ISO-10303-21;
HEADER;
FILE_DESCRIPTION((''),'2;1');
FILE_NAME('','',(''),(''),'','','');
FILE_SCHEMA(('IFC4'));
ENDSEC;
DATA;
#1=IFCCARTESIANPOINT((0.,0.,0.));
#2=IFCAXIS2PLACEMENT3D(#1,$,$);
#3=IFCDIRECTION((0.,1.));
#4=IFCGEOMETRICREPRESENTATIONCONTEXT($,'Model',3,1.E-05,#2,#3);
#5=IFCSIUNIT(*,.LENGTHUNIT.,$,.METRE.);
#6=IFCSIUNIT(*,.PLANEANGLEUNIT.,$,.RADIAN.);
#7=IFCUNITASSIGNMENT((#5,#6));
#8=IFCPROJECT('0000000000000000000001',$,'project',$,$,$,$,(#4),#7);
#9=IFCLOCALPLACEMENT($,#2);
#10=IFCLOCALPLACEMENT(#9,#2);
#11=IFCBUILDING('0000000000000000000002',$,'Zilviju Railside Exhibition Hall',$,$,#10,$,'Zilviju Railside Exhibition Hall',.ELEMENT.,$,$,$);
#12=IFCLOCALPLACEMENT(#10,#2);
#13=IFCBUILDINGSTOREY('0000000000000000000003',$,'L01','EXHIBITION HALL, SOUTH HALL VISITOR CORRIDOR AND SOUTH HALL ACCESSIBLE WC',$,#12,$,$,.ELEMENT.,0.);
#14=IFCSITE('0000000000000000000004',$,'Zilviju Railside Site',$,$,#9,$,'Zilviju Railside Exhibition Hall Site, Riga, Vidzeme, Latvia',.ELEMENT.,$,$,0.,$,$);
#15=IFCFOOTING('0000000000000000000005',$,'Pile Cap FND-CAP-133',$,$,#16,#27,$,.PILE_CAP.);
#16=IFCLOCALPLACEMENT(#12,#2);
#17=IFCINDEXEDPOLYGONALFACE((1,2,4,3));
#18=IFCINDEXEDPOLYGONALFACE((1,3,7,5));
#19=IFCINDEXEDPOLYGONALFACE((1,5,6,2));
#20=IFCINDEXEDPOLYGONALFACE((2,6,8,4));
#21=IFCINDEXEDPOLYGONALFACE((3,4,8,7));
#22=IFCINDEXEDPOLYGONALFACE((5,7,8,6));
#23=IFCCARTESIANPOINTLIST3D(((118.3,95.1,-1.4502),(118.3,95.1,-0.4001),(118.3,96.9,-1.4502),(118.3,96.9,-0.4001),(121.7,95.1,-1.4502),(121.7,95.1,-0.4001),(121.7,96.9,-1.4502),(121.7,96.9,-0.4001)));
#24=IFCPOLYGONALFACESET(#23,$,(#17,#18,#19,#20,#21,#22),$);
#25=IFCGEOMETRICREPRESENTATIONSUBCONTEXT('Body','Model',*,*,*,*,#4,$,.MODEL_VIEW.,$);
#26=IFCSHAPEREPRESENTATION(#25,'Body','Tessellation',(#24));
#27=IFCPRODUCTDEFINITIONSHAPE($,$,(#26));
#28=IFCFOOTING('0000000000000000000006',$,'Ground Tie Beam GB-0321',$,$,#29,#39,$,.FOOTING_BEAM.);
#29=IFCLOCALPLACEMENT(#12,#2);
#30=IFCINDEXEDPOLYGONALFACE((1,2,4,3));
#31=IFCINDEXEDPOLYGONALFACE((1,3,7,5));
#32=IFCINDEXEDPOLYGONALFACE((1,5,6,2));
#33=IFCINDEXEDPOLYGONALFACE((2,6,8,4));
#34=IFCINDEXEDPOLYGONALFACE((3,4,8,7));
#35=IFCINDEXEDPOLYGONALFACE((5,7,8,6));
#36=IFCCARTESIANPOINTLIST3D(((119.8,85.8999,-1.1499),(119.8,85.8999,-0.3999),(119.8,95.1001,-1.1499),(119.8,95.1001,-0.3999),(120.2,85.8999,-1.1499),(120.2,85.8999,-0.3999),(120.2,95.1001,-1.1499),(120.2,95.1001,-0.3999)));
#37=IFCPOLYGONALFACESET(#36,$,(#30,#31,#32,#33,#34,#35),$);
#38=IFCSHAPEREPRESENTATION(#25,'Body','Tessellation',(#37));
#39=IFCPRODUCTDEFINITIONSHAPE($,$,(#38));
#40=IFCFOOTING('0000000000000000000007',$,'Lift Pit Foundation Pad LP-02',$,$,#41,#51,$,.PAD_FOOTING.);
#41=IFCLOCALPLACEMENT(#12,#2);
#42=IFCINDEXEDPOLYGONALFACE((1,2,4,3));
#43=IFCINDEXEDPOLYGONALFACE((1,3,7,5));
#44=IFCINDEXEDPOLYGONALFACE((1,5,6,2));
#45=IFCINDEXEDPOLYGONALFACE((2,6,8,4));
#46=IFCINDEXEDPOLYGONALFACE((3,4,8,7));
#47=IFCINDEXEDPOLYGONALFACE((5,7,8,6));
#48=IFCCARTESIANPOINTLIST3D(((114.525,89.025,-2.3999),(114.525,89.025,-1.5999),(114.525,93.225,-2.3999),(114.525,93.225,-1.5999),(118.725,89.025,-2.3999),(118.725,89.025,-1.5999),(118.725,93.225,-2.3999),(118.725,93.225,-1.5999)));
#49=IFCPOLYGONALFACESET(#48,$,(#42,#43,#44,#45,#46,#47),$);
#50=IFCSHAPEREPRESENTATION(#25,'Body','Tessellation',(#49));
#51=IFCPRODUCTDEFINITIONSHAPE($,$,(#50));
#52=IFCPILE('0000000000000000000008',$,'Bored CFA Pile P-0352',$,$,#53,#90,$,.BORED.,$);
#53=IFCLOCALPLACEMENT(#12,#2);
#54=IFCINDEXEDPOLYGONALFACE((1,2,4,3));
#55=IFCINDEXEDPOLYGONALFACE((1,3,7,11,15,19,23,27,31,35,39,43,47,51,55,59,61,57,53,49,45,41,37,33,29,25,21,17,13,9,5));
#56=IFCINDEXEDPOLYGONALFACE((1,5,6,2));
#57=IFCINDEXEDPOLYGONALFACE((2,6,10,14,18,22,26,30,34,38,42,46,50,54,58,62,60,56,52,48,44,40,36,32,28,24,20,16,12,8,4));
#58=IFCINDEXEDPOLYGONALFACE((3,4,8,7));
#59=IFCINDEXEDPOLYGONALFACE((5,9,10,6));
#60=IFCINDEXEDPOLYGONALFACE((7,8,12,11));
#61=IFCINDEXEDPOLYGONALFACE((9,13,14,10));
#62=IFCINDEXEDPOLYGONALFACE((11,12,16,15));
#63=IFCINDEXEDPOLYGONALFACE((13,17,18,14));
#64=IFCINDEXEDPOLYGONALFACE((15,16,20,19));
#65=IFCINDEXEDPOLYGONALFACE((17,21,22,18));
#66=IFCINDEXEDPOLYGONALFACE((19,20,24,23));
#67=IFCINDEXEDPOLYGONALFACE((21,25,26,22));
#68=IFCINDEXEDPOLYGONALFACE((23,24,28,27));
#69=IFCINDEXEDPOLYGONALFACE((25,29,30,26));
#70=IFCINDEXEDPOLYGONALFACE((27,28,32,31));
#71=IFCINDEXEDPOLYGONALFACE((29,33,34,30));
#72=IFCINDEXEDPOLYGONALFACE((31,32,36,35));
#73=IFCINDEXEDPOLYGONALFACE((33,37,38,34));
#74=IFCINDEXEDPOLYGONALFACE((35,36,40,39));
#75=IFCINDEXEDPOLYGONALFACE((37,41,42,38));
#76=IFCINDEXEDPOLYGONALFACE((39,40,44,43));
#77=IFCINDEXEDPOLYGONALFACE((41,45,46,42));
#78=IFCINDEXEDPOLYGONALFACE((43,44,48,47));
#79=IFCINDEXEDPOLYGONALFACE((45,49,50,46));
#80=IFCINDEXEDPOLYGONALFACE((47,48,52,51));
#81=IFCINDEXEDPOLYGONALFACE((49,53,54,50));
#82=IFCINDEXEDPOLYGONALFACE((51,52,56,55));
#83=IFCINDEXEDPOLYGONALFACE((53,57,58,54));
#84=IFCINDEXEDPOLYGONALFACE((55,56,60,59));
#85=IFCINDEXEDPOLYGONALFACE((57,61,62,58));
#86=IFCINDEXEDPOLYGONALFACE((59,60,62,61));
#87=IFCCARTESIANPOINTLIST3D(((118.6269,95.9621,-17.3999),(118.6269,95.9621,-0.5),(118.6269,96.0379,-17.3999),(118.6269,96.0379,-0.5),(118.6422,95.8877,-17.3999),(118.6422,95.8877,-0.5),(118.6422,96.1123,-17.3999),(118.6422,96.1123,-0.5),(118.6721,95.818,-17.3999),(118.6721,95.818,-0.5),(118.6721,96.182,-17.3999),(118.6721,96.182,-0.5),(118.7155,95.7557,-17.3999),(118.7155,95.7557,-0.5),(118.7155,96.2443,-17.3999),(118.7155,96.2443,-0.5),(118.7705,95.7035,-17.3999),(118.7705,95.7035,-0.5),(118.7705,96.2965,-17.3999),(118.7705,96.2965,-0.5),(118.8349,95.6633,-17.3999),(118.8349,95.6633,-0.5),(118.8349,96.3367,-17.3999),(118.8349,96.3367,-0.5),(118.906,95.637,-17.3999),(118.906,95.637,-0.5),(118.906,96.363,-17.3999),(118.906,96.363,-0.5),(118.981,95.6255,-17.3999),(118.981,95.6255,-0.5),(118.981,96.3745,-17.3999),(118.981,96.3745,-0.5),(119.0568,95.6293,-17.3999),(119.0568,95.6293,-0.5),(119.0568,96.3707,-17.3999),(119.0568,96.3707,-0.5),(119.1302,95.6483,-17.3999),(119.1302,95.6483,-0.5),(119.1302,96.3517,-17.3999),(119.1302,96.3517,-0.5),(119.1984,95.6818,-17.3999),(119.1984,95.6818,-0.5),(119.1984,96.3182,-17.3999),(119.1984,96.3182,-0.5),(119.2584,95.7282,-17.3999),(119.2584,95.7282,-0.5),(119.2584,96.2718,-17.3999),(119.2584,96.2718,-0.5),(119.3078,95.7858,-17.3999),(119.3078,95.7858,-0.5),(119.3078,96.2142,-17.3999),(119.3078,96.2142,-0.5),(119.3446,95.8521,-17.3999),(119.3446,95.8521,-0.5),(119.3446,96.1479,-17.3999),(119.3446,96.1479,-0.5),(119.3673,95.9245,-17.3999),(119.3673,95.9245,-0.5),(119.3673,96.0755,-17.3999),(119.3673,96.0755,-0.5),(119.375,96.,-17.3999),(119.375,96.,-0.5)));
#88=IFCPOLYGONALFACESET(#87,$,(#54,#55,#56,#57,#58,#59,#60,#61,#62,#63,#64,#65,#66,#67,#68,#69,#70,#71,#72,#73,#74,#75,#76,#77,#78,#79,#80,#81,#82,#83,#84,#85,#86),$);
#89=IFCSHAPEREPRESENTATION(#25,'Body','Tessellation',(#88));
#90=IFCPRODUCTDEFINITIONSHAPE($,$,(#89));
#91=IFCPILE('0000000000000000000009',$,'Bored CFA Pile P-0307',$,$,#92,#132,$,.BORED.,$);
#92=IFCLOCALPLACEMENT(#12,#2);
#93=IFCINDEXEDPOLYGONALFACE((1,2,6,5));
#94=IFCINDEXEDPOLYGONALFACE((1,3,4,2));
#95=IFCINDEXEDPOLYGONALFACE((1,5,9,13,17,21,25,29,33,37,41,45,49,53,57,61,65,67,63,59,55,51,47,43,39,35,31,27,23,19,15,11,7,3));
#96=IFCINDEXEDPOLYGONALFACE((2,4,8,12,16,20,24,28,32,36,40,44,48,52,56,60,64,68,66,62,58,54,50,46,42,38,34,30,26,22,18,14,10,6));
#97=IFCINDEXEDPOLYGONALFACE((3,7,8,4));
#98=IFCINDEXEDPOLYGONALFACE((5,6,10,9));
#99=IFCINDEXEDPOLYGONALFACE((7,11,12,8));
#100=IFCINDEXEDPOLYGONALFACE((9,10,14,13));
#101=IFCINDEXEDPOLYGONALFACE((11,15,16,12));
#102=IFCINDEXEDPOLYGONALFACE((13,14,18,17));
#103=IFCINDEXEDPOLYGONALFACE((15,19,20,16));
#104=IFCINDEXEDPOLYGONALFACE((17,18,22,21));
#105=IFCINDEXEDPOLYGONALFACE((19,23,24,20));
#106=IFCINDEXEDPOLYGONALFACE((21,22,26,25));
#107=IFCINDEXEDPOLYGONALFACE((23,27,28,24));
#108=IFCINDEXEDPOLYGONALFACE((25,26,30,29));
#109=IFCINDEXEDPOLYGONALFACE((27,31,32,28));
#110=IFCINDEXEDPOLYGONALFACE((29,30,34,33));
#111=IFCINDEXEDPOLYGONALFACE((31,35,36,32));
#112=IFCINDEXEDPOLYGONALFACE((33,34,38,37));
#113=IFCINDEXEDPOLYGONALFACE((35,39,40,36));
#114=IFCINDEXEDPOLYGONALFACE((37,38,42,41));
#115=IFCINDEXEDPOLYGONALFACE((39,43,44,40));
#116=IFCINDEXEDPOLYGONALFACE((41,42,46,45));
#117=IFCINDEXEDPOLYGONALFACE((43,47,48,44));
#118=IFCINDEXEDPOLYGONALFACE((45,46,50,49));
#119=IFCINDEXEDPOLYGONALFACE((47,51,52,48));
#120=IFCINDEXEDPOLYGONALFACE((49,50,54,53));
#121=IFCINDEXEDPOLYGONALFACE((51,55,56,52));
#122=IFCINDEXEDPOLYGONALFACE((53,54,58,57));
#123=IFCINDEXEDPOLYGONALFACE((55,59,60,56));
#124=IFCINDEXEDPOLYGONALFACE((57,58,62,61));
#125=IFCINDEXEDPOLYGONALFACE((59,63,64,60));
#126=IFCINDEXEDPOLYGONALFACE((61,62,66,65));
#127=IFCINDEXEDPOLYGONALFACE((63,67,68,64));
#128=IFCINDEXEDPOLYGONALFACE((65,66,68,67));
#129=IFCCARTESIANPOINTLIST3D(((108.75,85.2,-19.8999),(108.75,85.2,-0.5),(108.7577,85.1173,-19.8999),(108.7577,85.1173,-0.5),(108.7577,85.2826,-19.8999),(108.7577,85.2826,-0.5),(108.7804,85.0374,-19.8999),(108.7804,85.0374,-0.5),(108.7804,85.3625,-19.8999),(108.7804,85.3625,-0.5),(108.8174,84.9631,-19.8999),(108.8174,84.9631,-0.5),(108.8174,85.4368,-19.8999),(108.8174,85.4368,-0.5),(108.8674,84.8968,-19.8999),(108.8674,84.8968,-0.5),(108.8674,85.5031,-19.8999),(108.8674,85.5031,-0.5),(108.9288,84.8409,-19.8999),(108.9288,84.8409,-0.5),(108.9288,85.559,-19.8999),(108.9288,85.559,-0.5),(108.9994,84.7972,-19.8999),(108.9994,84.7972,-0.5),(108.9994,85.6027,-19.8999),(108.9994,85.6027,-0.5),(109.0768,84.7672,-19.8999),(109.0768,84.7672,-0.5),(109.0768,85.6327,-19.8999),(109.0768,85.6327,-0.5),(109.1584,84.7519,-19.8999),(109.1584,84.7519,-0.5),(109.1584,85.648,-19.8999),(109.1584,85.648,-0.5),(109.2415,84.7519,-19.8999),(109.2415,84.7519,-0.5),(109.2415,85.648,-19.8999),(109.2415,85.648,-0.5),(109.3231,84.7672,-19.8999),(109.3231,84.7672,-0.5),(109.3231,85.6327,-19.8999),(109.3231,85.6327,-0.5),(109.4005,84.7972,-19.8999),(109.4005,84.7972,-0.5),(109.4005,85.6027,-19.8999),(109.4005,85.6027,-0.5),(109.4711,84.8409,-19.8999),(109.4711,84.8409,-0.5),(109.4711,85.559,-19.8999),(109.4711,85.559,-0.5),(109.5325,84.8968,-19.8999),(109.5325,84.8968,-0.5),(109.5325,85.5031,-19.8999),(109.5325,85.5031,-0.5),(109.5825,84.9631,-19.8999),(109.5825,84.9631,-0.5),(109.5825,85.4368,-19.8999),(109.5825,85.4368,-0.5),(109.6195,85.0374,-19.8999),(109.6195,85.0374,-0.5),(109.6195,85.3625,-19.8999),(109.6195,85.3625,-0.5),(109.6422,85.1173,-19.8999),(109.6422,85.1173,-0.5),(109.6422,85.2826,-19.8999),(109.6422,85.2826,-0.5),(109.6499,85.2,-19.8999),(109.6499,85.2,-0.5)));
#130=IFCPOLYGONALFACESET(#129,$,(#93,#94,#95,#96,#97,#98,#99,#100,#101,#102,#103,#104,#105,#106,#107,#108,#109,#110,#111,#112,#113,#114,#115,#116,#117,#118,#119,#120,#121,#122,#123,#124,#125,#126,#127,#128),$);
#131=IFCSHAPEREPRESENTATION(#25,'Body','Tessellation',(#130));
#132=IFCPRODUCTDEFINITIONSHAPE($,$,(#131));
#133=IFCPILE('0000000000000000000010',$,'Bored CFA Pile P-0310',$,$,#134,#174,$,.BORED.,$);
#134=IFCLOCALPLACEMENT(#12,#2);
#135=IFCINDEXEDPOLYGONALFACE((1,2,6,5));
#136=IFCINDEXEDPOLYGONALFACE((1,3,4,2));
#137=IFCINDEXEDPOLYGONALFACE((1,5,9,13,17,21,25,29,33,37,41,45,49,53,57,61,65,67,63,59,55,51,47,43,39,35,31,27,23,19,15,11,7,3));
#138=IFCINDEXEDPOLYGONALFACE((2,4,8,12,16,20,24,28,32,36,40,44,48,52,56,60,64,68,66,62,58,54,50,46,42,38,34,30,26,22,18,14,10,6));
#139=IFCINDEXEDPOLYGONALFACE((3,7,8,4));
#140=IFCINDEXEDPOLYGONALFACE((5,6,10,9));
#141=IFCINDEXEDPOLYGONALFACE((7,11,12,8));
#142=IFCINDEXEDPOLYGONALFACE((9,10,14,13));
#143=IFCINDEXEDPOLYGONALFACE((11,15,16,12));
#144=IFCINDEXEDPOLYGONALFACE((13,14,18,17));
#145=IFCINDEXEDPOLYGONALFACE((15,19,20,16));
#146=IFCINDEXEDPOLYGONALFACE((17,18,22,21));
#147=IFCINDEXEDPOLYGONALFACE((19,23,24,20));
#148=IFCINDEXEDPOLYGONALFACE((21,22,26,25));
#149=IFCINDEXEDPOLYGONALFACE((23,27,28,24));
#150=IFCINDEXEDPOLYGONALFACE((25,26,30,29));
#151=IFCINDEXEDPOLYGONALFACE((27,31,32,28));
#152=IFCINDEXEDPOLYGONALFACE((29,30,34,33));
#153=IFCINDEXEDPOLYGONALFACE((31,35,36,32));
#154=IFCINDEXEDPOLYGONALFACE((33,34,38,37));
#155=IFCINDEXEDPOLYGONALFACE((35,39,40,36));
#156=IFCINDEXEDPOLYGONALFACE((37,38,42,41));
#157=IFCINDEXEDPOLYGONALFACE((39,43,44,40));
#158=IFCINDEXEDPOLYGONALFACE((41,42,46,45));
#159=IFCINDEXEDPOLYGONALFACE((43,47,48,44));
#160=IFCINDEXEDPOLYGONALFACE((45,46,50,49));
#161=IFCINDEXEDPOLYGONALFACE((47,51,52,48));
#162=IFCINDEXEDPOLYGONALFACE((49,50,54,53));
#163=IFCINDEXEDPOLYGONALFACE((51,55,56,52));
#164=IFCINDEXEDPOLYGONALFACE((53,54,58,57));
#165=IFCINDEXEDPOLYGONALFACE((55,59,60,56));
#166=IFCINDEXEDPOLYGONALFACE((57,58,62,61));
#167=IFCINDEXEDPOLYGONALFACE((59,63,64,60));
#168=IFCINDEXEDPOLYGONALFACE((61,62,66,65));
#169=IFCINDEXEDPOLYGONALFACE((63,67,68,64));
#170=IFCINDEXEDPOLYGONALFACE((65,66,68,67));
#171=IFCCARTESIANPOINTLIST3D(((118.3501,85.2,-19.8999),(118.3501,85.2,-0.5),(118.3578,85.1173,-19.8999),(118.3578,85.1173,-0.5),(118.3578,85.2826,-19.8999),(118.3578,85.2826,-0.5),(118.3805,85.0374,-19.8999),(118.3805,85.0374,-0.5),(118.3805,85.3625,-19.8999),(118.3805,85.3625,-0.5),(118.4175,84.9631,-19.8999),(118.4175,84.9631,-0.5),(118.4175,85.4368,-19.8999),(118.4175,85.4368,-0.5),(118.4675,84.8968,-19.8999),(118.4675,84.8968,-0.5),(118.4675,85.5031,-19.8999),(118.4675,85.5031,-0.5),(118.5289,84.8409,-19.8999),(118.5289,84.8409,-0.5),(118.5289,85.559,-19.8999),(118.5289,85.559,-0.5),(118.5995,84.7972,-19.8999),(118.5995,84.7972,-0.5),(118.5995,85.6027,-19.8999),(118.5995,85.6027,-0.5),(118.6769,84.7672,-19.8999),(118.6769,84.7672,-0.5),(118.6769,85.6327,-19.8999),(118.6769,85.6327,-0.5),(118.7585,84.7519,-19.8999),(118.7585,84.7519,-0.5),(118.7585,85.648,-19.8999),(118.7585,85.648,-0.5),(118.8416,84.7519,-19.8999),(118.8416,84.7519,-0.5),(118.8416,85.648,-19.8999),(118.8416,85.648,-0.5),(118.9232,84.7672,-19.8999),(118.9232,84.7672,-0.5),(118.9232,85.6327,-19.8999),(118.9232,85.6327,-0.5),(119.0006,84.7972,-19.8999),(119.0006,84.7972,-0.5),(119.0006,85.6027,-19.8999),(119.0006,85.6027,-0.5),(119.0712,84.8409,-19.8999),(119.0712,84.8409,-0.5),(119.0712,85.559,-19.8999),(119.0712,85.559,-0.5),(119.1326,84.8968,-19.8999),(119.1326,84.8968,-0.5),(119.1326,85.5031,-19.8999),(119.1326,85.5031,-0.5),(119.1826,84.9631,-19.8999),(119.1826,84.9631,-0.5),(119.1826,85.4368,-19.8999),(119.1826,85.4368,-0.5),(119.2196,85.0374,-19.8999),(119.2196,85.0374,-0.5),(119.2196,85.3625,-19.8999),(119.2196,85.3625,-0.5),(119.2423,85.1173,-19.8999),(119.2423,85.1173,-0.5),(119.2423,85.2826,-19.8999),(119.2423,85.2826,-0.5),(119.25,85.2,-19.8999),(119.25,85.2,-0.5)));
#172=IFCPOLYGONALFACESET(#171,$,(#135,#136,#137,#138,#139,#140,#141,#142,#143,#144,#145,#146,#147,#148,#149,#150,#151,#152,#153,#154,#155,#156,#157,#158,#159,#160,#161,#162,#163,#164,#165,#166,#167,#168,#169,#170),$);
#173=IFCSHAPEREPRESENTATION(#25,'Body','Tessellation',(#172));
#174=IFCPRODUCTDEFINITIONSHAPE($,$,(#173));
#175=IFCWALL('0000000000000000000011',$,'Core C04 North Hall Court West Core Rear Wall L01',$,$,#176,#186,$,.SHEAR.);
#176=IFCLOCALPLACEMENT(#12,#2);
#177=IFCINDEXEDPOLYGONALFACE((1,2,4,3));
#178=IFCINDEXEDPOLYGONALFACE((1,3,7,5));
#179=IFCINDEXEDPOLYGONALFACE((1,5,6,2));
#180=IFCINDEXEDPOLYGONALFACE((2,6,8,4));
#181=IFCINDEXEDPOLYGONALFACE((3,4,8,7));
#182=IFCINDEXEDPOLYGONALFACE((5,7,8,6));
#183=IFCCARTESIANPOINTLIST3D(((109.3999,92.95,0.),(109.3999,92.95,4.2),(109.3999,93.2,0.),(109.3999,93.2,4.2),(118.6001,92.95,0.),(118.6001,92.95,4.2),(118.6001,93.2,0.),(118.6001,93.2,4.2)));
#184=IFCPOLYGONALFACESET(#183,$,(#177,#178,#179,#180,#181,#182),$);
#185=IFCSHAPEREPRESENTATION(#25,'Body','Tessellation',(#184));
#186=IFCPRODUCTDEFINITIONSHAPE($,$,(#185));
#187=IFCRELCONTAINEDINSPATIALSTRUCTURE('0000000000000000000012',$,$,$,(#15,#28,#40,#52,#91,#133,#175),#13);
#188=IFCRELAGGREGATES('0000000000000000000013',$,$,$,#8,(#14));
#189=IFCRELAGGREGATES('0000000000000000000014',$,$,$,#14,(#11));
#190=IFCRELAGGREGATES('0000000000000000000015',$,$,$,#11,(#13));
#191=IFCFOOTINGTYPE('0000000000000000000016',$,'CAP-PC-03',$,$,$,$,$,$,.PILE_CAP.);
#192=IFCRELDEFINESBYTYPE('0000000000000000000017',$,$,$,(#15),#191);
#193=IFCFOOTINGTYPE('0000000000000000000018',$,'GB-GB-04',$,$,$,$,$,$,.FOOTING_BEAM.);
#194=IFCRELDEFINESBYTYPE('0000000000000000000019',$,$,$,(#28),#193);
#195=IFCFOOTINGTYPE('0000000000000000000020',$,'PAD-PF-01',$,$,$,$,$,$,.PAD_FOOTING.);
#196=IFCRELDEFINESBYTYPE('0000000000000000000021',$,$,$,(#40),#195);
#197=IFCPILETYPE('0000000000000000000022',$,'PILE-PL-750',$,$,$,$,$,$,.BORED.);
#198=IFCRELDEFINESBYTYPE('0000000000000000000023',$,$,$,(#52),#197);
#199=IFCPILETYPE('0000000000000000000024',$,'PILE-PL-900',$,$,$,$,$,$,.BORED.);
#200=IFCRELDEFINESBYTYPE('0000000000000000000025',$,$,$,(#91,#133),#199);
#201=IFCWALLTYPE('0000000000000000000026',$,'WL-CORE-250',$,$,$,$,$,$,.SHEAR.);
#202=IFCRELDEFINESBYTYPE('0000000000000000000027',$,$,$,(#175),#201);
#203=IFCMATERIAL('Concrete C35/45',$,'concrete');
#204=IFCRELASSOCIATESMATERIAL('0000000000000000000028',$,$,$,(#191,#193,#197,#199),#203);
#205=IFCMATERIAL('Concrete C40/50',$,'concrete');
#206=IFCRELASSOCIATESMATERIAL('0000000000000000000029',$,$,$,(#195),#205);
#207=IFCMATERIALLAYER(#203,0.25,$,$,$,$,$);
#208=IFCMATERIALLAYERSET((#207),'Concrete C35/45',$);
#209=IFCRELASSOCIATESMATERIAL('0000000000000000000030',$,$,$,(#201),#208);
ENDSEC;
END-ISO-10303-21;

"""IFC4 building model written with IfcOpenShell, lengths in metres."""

from ifc_helpers import new_model, si_unit, direction, frame, frame_2d, origin, origin_2d, place, context, subcontext, project, spatial, rectangle, circle, extrude, material, layer, layer_set, material_profile, profile_set, type_object, element, save


model = new_model("IFC4")

# Units and contexts
model_context = context("Model", 3, precision=1e-05, world=origin(), true_north=direction((0.0, 1.0)))
body_context = subcontext(model_context, "Body", "Model", "MODEL_VIEW")
ifc_project = project(units=[si_unit("LENGTHUNIT", "METRE"), si_unit("PLANEANGLEUNIT", "RADIAN")], contexts=[model_context])

# Site, building, storey
site_placement = place(None, origin())
site = spatial("IfcSite", under=ifc_project, at=site_placement, Name="Zilviju Railside Site", LongName="Zilviju Railside Exhibition Hall Site, Riga, Vidzeme, Latvia", CompositionType="ELEMENT", RefElevation=0.0)
building_placement = place(site_placement, origin())
building = spatial("IfcBuilding", under=site, at=building_placement, Name="Zilviju Railside Exhibition Hall", LongName="Zilviju Railside Exhibition Hall", CompositionType="ELEMENT")
storey_placement = place(building_placement, origin())
storey = spatial("IfcBuildingStorey", under=building, at=storey_placement, Name="L01", Description="EXHIBITION HALL, SOUTH HALL VISITOR CORRIDOR AND SOUTH HALL ACCESSIBLE WC", CompositionType="ELEMENT", Elevation=0.0)

# Footings
ifc_material_1 = material(Name="Concrete C35/45", Category="concrete")
footing_type_1 = type_object("IfcFootingType", Name="CAP-PC-03", PredefinedType="PILE_CAP", material=ifc_material_1)
footing_1_placement = place(storey_placement, frame((120.0, 96.0, -1.4502), z_axis=(0.0, 0.0, 1.0), x_axis=(1.0, 0.0, 0.0)))
element("IfcFooting", 1, at=footing_1_placement, inside=storey, type_object=footing_type_1, Name="Pile Cap FND-CAP-133", PredefinedType="PILE_CAP", context=body_context, shape_type="SweptSolid", body=[
    extrude(rectangle(XDim=3.3999, YDim=1.8, at=origin_2d()), origin(), (0.0, 0.0, 1.0), 1.05),
])
ifc_material_profile_1 = material_profile(ifc_material_1, rectangle(XDim=0.3999, YDim=0.75, at=origin_2d()), Name="TIE BEAM 400x750")
ifc_profile_set_1 = profile_set([ifc_material_profile_1], Name="Concrete C35/45")
footing_type_2 = type_object("IfcFootingType", Name="GB-GB-04", PredefinedType="FOOTING_BEAM", material=ifc_profile_set_1)
footing_2_placement = place(storey_placement, frame((120.0, 85.8999, -0.7749), z_axis=(0.0, 1.0, 0.0), x_axis=(-1.0, 0.0, 0.0)))
element("IfcFooting", 2, at=footing_2_placement, inside=storey, type_object=footing_type_2, Name="Ground Tie Beam GB-0321", PredefinedType="FOOTING_BEAM", context=body_context, shape_type="SweptSolid", body=[
    extrude(rectangle(XDim=0.3999, YDim=0.75, at=origin_2d()), origin(), (0.0, 0.0, 1.0), 9.2002),
])
ifc_material_2 = material(Name="Concrete C40/50", Category="concrete")
footing_type_3 = type_object("IfcFootingType", Name="PAD-PF-01", PredefinedType="PAD_FOOTING", material=ifc_material_2)
footing_3_placement = place(storey_placement, frame((116.625, 91.125, -2.3999), z_axis=(0.0, 0.0, 1.0), x_axis=(1.0, 0.0, 0.0)))
element("IfcFooting", 3, at=footing_3_placement, inside=storey, type_object=footing_type_3, Name="Lift Pit Foundation Pad LP-02", PredefinedType="PAD_FOOTING", context=body_context, shape_type="SweptSolid", body=[
    extrude(rectangle(XDim=4.2, YDim=4.2, at=origin_2d()), origin(), (0.0, 0.0, 1.0), 0.8),
])

# Piles
ifc_material_profile_2 = material_profile(ifc_material_1, circle(Radius=0.375, at=origin_2d()), Name="CFA PILE D750")
ifc_profile_set_2 = profile_set([ifc_material_profile_2], Name="Concrete C35/45")
pile_type_1 = type_object("IfcPileType", Name="PILE-PL-750", PredefinedType="BORED", material=ifc_profile_set_2)
pile_placement = place(storey_placement, frame((119.0, 96.0, -0.5), z_axis=(0.0, 0.0, -1.0), x_axis=(1.0, 0.0, 0.0)))
element("IfcPile", 4, at=pile_placement, inside=storey, type_object=pile_type_1, Name="Bored CFA Pile P-0352", PredefinedType="BORED", context=body_context, shape_type="SweptSolid", body=[
    extrude(circle(Radius=0.375, at=origin_2d()), origin(), (0.0, 0.0, 1.0), 16.8999),
])
ifc_material_profile_3 = material_profile(ifc_material_1, circle(Radius=0.45, at=origin_2d()), Name="CFA PILE D900")
ifc_profile_set_3 = profile_set([ifc_material_profile_3], Name="Concrete C35/45")
pile_type_2 = type_object("IfcPileType", Name="PILE-PL-900", PredefinedType="BORED", material=ifc_profile_set_3)
for number, where, z_axis, x_axis, name in (
    (5, (109.2, 85.2, -0.5), (0.0, 0.0, -1.0), (1.0, 0.0, 0.0), "Bored CFA Pile P-0307"),
    (6, (118.8, 85.2, -0.5), (0.0, 0.0, -1.0), (1.0, 0.0, 0.0), "Bored CFA Pile P-0310"),
):
    element("IfcPile", number, at=place(storey_placement, frame(where, z_axis=z_axis, x_axis=x_axis)), inside=storey, type_object=pile_type_2, Name=name, PredefinedType="BORED", context=body_context, shape_type="SweptSolid", body=[
        extrude(circle(Radius=0.45, at=origin_2d()), origin(), (0.0, 0.0, 1.0), 19.3999),
    ])

# Wall
ifc_layer_1 = layer(ifc_material_1, 0.25)
ifc_layer_set_1 = layer_set([ifc_layer_1], Name="Concrete C35/45")
wall_type_1 = type_object("IfcWallType", Name="WL-CORE-250", PredefinedType="SHEAR", material=ifc_layer_set_1)
wall_1_placement = place(storey_placement, frame((109.3999, 93.075, 0.0), z_axis=(0.0, 0.0, 1.0), x_axis=(1.0, 0.0, 0.0)))
element("IfcWall", 7, at=wall_1_placement, inside=storey, type_object=wall_type_1, Name="Core C04 North Hall Court West Core Rear Wall L01", PredefinedType="SHEAR", context=body_context, shape_type="SweptSolid", body=[
    extrude(rectangle(XDim=9.2002, YDim=0.25, at=frame_2d((4.6001, 0.0))), origin(), (0.0, 0.0, 1.0), 4.2),
])

save(model, "model.ifc")
